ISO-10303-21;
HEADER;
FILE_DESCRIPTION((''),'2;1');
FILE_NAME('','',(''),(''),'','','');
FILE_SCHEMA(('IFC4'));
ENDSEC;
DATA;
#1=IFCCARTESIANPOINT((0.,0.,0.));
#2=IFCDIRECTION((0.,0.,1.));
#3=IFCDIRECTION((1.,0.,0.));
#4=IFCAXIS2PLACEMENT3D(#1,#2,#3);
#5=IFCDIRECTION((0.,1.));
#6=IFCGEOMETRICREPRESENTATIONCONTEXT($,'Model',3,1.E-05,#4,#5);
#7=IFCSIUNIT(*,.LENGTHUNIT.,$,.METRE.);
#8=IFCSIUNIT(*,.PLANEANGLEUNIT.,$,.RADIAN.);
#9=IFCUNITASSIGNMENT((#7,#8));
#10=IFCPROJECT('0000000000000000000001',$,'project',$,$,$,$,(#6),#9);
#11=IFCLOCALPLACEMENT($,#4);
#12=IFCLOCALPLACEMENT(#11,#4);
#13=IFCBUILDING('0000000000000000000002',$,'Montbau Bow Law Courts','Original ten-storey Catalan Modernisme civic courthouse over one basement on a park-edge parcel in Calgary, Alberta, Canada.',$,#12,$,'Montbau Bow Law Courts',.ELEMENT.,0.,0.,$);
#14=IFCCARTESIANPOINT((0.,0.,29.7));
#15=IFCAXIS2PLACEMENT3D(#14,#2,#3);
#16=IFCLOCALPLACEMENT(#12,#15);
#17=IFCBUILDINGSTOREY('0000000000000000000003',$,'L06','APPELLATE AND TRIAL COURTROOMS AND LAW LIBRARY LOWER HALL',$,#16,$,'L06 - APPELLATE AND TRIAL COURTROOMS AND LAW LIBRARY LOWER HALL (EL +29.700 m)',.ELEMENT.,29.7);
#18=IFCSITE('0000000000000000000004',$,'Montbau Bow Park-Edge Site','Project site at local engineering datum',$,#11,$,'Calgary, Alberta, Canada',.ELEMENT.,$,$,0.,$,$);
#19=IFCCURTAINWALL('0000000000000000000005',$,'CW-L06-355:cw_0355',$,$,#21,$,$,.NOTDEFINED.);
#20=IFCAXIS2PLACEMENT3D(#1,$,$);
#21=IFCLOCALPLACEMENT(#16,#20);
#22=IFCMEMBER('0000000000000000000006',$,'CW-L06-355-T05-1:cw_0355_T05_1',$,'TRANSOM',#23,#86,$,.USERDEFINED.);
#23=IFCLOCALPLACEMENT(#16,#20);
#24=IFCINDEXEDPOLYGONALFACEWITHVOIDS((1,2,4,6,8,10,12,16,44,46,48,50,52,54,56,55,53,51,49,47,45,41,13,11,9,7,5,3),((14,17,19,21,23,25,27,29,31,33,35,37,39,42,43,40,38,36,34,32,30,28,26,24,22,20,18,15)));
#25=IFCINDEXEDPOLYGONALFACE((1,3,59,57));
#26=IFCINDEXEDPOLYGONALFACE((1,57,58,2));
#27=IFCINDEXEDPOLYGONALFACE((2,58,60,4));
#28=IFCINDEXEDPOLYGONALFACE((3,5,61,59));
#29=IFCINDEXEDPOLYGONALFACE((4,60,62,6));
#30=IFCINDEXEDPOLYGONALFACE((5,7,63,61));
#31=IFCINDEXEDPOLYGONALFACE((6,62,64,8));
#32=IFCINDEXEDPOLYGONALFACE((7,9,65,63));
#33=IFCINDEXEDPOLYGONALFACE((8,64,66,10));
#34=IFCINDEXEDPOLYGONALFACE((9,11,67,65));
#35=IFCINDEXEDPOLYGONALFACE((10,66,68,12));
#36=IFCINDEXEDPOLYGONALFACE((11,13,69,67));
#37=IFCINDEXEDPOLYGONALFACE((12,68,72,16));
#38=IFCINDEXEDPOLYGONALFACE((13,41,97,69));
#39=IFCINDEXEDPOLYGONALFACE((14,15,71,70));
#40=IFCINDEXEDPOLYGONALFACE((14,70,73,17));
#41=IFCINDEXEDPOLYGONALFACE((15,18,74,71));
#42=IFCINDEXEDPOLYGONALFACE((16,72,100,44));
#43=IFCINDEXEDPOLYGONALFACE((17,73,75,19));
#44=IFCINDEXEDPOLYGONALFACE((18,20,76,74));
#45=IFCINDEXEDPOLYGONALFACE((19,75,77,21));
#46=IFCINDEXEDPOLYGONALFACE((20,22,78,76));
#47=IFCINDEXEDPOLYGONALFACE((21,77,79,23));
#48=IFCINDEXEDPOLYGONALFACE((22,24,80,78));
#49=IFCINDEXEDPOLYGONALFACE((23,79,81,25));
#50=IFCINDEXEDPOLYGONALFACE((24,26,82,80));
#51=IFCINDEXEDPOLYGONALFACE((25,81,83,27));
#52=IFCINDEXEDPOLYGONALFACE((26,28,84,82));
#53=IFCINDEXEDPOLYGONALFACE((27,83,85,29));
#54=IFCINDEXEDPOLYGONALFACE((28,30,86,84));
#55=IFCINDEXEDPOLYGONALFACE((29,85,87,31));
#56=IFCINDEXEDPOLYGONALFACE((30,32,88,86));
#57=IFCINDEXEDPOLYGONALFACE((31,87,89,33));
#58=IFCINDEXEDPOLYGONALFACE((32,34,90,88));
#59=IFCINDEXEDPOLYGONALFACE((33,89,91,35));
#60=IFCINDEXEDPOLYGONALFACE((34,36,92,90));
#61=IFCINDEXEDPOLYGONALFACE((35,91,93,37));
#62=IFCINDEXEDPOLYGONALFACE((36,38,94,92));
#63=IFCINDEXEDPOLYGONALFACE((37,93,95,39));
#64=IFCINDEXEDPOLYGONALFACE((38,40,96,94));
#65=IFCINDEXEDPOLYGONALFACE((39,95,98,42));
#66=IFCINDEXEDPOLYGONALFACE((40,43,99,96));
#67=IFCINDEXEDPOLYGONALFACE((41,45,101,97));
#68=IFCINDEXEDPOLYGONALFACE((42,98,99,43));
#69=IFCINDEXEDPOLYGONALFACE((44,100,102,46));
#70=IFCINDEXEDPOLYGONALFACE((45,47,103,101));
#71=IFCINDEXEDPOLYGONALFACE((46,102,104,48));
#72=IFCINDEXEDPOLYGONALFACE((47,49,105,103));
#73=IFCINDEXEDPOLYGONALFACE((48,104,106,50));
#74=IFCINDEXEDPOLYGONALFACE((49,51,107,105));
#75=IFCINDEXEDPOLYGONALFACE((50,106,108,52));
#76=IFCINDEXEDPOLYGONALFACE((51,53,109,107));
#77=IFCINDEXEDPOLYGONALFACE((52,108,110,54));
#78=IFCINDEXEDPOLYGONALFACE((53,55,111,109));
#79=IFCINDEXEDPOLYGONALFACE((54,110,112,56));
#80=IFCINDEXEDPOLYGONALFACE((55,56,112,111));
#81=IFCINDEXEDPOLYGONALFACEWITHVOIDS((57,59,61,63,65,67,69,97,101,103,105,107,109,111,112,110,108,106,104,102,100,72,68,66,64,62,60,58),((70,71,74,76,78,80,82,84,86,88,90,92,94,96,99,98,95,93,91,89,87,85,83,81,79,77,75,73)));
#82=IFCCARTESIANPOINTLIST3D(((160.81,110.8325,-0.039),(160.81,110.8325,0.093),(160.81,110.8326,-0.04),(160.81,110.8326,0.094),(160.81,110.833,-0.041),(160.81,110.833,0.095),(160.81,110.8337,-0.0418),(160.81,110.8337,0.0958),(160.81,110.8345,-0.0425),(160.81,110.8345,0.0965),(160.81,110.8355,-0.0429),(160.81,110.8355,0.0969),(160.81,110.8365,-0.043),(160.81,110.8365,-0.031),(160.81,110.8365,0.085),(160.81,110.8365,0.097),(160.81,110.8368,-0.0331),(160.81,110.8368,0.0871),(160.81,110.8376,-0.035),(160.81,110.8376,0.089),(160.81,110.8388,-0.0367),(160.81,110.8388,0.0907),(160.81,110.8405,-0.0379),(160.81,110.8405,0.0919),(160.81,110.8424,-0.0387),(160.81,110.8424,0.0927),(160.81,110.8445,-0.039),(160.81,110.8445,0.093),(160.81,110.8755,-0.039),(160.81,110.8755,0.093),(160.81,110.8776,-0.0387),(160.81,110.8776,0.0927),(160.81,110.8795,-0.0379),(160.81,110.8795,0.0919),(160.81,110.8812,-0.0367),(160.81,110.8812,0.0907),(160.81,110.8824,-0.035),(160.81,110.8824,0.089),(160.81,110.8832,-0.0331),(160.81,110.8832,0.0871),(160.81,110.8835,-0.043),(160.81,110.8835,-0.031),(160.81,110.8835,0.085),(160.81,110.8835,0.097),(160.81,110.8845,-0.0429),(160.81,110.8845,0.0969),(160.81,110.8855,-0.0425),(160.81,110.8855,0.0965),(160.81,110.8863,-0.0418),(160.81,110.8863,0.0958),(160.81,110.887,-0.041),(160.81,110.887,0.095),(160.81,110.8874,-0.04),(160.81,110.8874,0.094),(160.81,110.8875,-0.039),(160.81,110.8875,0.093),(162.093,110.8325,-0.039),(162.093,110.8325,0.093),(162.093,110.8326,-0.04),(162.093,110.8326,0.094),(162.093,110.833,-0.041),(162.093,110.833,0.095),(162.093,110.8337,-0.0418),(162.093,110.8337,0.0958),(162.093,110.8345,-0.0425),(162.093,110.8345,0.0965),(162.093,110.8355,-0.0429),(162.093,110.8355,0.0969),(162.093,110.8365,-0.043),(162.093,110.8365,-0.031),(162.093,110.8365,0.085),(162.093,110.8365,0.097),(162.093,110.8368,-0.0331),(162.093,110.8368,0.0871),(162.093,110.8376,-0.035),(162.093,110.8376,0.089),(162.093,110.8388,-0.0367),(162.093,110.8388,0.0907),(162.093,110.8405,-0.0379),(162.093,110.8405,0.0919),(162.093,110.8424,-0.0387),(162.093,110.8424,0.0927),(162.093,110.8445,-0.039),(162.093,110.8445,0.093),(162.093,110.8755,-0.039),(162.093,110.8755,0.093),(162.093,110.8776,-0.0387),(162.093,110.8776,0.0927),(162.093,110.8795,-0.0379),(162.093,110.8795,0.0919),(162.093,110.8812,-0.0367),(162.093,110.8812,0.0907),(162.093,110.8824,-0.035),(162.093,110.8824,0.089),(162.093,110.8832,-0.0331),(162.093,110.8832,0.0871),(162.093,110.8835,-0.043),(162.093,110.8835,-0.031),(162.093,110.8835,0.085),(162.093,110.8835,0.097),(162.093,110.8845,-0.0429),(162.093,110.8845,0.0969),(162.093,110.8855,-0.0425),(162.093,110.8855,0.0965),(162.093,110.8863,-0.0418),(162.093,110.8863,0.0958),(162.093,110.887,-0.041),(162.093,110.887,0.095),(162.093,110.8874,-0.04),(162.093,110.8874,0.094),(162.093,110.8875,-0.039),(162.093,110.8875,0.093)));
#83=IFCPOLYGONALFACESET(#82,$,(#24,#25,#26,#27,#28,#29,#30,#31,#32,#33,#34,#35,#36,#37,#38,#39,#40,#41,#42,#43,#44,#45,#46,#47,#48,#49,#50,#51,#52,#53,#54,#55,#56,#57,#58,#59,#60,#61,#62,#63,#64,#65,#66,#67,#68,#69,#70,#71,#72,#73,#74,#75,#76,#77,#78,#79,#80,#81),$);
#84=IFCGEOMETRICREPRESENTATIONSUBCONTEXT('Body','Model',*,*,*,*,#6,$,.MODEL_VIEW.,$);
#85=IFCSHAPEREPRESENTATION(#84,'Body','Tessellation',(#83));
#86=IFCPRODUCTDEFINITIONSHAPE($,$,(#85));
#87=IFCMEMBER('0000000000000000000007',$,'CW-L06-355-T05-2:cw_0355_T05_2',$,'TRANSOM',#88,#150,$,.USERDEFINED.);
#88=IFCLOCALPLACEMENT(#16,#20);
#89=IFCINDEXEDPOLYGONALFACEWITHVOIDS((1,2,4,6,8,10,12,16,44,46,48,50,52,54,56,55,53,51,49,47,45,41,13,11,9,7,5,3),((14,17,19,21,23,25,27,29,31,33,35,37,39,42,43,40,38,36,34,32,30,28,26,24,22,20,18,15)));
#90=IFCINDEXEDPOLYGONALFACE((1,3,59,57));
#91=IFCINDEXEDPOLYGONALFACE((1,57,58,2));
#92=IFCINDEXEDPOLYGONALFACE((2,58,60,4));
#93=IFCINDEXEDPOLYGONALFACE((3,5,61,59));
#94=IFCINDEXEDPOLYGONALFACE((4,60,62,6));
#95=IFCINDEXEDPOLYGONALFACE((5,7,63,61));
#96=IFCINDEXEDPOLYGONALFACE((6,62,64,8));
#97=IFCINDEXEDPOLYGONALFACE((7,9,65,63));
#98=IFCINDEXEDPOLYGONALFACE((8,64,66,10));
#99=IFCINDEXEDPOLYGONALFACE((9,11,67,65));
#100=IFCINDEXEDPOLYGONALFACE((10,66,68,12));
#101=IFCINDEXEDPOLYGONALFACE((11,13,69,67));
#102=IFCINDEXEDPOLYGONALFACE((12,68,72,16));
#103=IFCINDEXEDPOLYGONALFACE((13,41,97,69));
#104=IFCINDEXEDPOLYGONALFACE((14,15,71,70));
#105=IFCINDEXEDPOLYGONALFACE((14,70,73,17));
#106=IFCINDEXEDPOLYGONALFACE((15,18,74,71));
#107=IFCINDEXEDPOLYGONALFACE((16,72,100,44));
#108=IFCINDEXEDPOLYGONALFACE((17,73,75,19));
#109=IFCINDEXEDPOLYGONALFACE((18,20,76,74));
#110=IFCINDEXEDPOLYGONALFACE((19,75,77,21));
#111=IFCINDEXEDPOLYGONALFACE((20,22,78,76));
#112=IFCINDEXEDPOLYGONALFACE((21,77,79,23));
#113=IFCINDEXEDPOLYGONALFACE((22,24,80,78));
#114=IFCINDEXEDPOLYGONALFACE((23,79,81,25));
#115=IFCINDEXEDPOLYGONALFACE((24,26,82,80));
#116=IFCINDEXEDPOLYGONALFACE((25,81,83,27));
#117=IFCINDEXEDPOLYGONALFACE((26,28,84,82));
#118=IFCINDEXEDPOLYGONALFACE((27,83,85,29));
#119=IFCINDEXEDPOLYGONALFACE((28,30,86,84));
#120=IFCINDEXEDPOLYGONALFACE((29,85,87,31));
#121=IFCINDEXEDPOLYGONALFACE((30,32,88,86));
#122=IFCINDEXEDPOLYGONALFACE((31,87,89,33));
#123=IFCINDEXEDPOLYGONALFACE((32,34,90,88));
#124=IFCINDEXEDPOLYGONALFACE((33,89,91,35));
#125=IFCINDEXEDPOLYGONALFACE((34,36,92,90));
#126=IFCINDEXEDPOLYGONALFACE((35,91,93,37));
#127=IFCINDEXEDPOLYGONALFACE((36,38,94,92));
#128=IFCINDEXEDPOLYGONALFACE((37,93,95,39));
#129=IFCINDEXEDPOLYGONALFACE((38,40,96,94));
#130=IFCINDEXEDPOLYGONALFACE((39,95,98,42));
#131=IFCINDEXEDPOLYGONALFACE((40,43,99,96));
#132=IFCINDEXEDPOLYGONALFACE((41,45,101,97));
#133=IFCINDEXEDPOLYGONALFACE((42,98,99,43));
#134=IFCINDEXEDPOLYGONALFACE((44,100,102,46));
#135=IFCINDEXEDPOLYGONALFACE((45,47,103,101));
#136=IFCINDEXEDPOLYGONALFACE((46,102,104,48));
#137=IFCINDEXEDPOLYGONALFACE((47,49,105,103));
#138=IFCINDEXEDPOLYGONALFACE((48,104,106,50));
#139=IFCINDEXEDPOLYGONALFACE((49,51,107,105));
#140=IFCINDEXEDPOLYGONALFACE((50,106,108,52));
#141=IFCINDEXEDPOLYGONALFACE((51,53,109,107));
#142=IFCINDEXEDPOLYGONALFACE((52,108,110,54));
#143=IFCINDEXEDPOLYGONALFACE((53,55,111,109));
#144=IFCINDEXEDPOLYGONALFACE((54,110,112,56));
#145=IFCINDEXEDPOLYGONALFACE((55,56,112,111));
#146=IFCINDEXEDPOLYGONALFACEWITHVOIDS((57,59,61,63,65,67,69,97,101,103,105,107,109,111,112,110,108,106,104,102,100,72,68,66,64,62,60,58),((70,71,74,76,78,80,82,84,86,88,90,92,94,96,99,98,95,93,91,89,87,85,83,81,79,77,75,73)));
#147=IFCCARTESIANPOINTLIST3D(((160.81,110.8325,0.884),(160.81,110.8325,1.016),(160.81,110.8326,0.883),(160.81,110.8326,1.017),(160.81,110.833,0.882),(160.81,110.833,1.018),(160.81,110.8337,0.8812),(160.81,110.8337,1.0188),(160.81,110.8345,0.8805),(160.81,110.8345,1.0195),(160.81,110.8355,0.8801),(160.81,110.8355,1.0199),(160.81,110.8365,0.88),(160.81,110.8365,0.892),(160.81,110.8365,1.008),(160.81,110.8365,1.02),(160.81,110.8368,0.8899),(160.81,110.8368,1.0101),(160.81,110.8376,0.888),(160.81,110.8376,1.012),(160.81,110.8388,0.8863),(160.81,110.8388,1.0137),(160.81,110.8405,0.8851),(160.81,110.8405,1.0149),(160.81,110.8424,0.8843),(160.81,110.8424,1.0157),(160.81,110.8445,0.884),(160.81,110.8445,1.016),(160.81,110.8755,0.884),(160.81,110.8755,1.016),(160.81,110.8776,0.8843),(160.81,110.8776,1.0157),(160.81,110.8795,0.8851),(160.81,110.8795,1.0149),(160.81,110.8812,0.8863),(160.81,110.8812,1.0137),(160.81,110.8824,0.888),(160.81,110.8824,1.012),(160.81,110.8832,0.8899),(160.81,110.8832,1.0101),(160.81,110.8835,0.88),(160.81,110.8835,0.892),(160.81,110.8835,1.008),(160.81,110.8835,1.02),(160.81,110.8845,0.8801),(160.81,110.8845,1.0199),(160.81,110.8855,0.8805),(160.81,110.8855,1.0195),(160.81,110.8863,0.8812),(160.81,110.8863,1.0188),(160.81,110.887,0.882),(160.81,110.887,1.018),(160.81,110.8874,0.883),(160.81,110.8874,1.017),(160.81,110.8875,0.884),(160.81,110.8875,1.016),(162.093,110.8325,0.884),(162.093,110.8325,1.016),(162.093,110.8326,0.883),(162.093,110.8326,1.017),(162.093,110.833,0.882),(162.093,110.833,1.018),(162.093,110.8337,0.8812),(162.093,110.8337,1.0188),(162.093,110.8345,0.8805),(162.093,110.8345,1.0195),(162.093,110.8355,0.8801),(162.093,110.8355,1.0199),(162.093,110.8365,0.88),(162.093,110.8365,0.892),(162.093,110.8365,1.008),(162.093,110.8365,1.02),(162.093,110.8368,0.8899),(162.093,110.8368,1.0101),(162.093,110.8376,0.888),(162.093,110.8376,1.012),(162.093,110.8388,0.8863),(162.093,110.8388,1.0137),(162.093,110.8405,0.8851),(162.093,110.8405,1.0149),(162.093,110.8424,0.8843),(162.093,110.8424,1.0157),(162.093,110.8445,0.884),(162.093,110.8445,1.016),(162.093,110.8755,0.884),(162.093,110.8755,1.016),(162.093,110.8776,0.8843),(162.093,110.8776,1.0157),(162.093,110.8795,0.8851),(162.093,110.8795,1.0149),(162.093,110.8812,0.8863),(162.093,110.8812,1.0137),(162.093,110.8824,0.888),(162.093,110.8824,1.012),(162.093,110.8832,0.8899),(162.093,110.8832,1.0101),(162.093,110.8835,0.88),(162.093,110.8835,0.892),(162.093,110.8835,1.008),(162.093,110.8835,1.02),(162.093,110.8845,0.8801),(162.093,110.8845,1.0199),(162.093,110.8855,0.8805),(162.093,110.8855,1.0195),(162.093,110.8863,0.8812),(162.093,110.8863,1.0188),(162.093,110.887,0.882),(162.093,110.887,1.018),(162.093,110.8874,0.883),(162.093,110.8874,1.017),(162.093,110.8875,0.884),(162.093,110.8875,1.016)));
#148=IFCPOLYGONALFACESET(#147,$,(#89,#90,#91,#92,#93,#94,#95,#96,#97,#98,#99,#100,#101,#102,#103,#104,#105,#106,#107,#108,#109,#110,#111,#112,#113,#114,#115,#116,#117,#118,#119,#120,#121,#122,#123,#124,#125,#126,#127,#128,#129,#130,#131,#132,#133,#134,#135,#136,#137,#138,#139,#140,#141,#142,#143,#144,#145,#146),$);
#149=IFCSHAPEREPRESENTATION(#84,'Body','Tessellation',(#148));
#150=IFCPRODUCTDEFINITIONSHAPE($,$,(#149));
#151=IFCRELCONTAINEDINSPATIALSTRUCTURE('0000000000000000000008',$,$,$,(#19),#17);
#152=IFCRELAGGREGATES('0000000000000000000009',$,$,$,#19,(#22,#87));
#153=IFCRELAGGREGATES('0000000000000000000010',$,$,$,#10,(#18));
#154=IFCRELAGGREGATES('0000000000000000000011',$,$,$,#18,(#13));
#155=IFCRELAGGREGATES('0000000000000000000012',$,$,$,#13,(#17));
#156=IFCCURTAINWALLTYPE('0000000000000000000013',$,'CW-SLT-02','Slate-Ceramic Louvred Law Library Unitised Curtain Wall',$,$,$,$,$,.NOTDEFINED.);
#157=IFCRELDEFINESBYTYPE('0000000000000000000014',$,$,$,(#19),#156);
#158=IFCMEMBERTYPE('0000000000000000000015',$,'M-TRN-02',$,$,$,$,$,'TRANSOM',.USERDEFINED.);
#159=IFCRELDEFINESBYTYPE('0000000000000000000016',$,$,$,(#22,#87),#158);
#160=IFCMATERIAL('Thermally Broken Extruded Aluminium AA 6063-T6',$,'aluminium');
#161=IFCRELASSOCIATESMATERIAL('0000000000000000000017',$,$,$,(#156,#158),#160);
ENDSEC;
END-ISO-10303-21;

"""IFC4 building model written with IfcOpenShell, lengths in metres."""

from ifc_helpers import new_model, si_unit, direction, frame, origin_with_axes, origin_2d_with_axis, place, context, subcontext, project, spatial, hollow_rectangle, extrude, material, material_profile, profile_set, type_object, element, aggregate, save


model = new_model("IFC4")

# Units and contexts
model_context = context("Model", 3, precision=1e-05, world=origin_with_axes(), true_north=direction((0.0, 1.0)))
body_context = subcontext(model_context, "Body", "Model", "MODEL_VIEW")
ifc_project = project(units=[si_unit("LENGTHUNIT", "METRE"), si_unit("PLANEANGLEUNIT", "RADIAN")], contexts=[model_context])

# Site, building, storey
site_placement = place(None, origin_with_axes())
site = spatial("IfcSite", under=ifc_project, at=site_placement, Name="Montbau Bow Park-Edge Site", Description="Project site at local engineering datum", LongName="Calgary, Alberta, Canada", CompositionType="ELEMENT", RefElevation=0.0)
building_placement = place(site_placement, origin_with_axes())
building = spatial("IfcBuilding", under=site, at=building_placement, Name="Montbau Bow Law Courts", Description="Original ten-storey Catalan Modernisme civic courthouse over one basement on a park-edge parcel in Calgary, Alberta, Canada.", LongName="Montbau Bow Law Courts", CompositionType="ELEMENT", ElevationOfRefHeight=0.0, ElevationOfTerrain=0.0)
storey_placement = place(building_placement, frame((0.0, 0.0, 29.7), z_axis=(0.0, 0.0, 1.0), x_axis=(1.0, 0.0, 0.0)))
storey = spatial("IfcBuildingStorey", under=building, at=storey_placement, Name="L06", Description="APPELLATE AND TRIAL COURTROOMS AND LAW LIBRARY LOWER HALL", LongName="L06 - APPELLATE AND TRIAL COURTROOMS AND LAW LIBRARY LOWER HALL (EL +29.700 m)", CompositionType="ELEMENT", Elevation=29.7)

# Curtain wall
ifc_material_1 = material(Name="Thermally Broken Extruded Aluminium AA 6063-T6", Category="aluminium")
curtain_wall_type = type_object("IfcCurtainWallType", Name="CW-SLT-02", Description="Slate-Ceramic Louvred Law Library Unitised Curtain Wall", PredefinedType="NOTDEFINED", material=ifc_material_1)
curtain_wall_1_placement = place(None, frame((155.24, 110.86, 29.7), z_axis=(0.0, 0.0, 1.0), x_axis=(1.0, 0.0, 0.0)))
curtain_wall_1 = element("IfcCurtainWall", 1, at=curtain_wall_1_placement, inside=storey, type_object=curtain_wall_type, Name="CW-L06-355:cw_0355", PredefinedType="NOTDEFINED")

# Members
ifc_material_profile_1 = material_profile(ifc_material_1, hollow_rectangle(XDim=0.055, YDim=0.14, WallThickness=0.004, InnerFilletRadius=0.008, OuterFilletRadius=0.004, at=origin_2d_with_axis()), Name="CWT-140X55", Category="Main", Priority=0)
ifc_profile_set_1 = profile_set([ifc_material_profile_1], Name="Thermally Broken Extruded Aluminium AA 6063-T6")
member_type_1 = type_object("IfcMemberType", Name="M-TRN-02", ElementType="TRANSOM", PredefinedType="USERDEFINED", material=ifc_profile_set_1)
member_1_placement = place(None, frame((160.81, 110.86, 29.727), z_axis=(1.0, 0.0, 0.0), x_axis=(0.0, 1.0, 0.0)))
member_1 = element("IfcMember", 2, at=member_1_placement, type_object=member_type_1, Name="CW-L06-355-T05-1:cw_0355_T05_1", ObjectType="TRANSOM", PredefinedType="USERDEFINED", context=body_context, shape_type="SweptSolid", body=[
    extrude(hollow_rectangle(XDim=0.055, YDim=0.14, WallThickness=0.004, InnerFilletRadius=0.008, OuterFilletRadius=0.004, at=origin_2d_with_axis()), origin_with_axes(), (0.0, 0.0, 1.0), 1.283),
])
member_2_placement = place(None, frame((160.81, 110.86, 30.65), z_axis=(1.0, 0.0, 0.0), x_axis=(0.0, 1.0, 0.0)))
member_2 = element("IfcMember", 3, at=member_2_placement, type_object=member_type_1, Name="CW-L06-355-T05-2:cw_0355_T05_2", ObjectType="TRANSOM", PredefinedType="USERDEFINED", context=body_context, shape_type="SweptSolid", body=[
    extrude(hollow_rectangle(XDim=0.055, YDim=0.14, WallThickness=0.004, InnerFilletRadius=0.008, OuterFilletRadius=0.004, at=origin_2d_with_axis()), origin_with_axes(), (0.0, 0.0, 1.0), 1.283),
])

aggregate(curtain_wall_1, [member_1, member_2])

save(model, "model.ifc")
